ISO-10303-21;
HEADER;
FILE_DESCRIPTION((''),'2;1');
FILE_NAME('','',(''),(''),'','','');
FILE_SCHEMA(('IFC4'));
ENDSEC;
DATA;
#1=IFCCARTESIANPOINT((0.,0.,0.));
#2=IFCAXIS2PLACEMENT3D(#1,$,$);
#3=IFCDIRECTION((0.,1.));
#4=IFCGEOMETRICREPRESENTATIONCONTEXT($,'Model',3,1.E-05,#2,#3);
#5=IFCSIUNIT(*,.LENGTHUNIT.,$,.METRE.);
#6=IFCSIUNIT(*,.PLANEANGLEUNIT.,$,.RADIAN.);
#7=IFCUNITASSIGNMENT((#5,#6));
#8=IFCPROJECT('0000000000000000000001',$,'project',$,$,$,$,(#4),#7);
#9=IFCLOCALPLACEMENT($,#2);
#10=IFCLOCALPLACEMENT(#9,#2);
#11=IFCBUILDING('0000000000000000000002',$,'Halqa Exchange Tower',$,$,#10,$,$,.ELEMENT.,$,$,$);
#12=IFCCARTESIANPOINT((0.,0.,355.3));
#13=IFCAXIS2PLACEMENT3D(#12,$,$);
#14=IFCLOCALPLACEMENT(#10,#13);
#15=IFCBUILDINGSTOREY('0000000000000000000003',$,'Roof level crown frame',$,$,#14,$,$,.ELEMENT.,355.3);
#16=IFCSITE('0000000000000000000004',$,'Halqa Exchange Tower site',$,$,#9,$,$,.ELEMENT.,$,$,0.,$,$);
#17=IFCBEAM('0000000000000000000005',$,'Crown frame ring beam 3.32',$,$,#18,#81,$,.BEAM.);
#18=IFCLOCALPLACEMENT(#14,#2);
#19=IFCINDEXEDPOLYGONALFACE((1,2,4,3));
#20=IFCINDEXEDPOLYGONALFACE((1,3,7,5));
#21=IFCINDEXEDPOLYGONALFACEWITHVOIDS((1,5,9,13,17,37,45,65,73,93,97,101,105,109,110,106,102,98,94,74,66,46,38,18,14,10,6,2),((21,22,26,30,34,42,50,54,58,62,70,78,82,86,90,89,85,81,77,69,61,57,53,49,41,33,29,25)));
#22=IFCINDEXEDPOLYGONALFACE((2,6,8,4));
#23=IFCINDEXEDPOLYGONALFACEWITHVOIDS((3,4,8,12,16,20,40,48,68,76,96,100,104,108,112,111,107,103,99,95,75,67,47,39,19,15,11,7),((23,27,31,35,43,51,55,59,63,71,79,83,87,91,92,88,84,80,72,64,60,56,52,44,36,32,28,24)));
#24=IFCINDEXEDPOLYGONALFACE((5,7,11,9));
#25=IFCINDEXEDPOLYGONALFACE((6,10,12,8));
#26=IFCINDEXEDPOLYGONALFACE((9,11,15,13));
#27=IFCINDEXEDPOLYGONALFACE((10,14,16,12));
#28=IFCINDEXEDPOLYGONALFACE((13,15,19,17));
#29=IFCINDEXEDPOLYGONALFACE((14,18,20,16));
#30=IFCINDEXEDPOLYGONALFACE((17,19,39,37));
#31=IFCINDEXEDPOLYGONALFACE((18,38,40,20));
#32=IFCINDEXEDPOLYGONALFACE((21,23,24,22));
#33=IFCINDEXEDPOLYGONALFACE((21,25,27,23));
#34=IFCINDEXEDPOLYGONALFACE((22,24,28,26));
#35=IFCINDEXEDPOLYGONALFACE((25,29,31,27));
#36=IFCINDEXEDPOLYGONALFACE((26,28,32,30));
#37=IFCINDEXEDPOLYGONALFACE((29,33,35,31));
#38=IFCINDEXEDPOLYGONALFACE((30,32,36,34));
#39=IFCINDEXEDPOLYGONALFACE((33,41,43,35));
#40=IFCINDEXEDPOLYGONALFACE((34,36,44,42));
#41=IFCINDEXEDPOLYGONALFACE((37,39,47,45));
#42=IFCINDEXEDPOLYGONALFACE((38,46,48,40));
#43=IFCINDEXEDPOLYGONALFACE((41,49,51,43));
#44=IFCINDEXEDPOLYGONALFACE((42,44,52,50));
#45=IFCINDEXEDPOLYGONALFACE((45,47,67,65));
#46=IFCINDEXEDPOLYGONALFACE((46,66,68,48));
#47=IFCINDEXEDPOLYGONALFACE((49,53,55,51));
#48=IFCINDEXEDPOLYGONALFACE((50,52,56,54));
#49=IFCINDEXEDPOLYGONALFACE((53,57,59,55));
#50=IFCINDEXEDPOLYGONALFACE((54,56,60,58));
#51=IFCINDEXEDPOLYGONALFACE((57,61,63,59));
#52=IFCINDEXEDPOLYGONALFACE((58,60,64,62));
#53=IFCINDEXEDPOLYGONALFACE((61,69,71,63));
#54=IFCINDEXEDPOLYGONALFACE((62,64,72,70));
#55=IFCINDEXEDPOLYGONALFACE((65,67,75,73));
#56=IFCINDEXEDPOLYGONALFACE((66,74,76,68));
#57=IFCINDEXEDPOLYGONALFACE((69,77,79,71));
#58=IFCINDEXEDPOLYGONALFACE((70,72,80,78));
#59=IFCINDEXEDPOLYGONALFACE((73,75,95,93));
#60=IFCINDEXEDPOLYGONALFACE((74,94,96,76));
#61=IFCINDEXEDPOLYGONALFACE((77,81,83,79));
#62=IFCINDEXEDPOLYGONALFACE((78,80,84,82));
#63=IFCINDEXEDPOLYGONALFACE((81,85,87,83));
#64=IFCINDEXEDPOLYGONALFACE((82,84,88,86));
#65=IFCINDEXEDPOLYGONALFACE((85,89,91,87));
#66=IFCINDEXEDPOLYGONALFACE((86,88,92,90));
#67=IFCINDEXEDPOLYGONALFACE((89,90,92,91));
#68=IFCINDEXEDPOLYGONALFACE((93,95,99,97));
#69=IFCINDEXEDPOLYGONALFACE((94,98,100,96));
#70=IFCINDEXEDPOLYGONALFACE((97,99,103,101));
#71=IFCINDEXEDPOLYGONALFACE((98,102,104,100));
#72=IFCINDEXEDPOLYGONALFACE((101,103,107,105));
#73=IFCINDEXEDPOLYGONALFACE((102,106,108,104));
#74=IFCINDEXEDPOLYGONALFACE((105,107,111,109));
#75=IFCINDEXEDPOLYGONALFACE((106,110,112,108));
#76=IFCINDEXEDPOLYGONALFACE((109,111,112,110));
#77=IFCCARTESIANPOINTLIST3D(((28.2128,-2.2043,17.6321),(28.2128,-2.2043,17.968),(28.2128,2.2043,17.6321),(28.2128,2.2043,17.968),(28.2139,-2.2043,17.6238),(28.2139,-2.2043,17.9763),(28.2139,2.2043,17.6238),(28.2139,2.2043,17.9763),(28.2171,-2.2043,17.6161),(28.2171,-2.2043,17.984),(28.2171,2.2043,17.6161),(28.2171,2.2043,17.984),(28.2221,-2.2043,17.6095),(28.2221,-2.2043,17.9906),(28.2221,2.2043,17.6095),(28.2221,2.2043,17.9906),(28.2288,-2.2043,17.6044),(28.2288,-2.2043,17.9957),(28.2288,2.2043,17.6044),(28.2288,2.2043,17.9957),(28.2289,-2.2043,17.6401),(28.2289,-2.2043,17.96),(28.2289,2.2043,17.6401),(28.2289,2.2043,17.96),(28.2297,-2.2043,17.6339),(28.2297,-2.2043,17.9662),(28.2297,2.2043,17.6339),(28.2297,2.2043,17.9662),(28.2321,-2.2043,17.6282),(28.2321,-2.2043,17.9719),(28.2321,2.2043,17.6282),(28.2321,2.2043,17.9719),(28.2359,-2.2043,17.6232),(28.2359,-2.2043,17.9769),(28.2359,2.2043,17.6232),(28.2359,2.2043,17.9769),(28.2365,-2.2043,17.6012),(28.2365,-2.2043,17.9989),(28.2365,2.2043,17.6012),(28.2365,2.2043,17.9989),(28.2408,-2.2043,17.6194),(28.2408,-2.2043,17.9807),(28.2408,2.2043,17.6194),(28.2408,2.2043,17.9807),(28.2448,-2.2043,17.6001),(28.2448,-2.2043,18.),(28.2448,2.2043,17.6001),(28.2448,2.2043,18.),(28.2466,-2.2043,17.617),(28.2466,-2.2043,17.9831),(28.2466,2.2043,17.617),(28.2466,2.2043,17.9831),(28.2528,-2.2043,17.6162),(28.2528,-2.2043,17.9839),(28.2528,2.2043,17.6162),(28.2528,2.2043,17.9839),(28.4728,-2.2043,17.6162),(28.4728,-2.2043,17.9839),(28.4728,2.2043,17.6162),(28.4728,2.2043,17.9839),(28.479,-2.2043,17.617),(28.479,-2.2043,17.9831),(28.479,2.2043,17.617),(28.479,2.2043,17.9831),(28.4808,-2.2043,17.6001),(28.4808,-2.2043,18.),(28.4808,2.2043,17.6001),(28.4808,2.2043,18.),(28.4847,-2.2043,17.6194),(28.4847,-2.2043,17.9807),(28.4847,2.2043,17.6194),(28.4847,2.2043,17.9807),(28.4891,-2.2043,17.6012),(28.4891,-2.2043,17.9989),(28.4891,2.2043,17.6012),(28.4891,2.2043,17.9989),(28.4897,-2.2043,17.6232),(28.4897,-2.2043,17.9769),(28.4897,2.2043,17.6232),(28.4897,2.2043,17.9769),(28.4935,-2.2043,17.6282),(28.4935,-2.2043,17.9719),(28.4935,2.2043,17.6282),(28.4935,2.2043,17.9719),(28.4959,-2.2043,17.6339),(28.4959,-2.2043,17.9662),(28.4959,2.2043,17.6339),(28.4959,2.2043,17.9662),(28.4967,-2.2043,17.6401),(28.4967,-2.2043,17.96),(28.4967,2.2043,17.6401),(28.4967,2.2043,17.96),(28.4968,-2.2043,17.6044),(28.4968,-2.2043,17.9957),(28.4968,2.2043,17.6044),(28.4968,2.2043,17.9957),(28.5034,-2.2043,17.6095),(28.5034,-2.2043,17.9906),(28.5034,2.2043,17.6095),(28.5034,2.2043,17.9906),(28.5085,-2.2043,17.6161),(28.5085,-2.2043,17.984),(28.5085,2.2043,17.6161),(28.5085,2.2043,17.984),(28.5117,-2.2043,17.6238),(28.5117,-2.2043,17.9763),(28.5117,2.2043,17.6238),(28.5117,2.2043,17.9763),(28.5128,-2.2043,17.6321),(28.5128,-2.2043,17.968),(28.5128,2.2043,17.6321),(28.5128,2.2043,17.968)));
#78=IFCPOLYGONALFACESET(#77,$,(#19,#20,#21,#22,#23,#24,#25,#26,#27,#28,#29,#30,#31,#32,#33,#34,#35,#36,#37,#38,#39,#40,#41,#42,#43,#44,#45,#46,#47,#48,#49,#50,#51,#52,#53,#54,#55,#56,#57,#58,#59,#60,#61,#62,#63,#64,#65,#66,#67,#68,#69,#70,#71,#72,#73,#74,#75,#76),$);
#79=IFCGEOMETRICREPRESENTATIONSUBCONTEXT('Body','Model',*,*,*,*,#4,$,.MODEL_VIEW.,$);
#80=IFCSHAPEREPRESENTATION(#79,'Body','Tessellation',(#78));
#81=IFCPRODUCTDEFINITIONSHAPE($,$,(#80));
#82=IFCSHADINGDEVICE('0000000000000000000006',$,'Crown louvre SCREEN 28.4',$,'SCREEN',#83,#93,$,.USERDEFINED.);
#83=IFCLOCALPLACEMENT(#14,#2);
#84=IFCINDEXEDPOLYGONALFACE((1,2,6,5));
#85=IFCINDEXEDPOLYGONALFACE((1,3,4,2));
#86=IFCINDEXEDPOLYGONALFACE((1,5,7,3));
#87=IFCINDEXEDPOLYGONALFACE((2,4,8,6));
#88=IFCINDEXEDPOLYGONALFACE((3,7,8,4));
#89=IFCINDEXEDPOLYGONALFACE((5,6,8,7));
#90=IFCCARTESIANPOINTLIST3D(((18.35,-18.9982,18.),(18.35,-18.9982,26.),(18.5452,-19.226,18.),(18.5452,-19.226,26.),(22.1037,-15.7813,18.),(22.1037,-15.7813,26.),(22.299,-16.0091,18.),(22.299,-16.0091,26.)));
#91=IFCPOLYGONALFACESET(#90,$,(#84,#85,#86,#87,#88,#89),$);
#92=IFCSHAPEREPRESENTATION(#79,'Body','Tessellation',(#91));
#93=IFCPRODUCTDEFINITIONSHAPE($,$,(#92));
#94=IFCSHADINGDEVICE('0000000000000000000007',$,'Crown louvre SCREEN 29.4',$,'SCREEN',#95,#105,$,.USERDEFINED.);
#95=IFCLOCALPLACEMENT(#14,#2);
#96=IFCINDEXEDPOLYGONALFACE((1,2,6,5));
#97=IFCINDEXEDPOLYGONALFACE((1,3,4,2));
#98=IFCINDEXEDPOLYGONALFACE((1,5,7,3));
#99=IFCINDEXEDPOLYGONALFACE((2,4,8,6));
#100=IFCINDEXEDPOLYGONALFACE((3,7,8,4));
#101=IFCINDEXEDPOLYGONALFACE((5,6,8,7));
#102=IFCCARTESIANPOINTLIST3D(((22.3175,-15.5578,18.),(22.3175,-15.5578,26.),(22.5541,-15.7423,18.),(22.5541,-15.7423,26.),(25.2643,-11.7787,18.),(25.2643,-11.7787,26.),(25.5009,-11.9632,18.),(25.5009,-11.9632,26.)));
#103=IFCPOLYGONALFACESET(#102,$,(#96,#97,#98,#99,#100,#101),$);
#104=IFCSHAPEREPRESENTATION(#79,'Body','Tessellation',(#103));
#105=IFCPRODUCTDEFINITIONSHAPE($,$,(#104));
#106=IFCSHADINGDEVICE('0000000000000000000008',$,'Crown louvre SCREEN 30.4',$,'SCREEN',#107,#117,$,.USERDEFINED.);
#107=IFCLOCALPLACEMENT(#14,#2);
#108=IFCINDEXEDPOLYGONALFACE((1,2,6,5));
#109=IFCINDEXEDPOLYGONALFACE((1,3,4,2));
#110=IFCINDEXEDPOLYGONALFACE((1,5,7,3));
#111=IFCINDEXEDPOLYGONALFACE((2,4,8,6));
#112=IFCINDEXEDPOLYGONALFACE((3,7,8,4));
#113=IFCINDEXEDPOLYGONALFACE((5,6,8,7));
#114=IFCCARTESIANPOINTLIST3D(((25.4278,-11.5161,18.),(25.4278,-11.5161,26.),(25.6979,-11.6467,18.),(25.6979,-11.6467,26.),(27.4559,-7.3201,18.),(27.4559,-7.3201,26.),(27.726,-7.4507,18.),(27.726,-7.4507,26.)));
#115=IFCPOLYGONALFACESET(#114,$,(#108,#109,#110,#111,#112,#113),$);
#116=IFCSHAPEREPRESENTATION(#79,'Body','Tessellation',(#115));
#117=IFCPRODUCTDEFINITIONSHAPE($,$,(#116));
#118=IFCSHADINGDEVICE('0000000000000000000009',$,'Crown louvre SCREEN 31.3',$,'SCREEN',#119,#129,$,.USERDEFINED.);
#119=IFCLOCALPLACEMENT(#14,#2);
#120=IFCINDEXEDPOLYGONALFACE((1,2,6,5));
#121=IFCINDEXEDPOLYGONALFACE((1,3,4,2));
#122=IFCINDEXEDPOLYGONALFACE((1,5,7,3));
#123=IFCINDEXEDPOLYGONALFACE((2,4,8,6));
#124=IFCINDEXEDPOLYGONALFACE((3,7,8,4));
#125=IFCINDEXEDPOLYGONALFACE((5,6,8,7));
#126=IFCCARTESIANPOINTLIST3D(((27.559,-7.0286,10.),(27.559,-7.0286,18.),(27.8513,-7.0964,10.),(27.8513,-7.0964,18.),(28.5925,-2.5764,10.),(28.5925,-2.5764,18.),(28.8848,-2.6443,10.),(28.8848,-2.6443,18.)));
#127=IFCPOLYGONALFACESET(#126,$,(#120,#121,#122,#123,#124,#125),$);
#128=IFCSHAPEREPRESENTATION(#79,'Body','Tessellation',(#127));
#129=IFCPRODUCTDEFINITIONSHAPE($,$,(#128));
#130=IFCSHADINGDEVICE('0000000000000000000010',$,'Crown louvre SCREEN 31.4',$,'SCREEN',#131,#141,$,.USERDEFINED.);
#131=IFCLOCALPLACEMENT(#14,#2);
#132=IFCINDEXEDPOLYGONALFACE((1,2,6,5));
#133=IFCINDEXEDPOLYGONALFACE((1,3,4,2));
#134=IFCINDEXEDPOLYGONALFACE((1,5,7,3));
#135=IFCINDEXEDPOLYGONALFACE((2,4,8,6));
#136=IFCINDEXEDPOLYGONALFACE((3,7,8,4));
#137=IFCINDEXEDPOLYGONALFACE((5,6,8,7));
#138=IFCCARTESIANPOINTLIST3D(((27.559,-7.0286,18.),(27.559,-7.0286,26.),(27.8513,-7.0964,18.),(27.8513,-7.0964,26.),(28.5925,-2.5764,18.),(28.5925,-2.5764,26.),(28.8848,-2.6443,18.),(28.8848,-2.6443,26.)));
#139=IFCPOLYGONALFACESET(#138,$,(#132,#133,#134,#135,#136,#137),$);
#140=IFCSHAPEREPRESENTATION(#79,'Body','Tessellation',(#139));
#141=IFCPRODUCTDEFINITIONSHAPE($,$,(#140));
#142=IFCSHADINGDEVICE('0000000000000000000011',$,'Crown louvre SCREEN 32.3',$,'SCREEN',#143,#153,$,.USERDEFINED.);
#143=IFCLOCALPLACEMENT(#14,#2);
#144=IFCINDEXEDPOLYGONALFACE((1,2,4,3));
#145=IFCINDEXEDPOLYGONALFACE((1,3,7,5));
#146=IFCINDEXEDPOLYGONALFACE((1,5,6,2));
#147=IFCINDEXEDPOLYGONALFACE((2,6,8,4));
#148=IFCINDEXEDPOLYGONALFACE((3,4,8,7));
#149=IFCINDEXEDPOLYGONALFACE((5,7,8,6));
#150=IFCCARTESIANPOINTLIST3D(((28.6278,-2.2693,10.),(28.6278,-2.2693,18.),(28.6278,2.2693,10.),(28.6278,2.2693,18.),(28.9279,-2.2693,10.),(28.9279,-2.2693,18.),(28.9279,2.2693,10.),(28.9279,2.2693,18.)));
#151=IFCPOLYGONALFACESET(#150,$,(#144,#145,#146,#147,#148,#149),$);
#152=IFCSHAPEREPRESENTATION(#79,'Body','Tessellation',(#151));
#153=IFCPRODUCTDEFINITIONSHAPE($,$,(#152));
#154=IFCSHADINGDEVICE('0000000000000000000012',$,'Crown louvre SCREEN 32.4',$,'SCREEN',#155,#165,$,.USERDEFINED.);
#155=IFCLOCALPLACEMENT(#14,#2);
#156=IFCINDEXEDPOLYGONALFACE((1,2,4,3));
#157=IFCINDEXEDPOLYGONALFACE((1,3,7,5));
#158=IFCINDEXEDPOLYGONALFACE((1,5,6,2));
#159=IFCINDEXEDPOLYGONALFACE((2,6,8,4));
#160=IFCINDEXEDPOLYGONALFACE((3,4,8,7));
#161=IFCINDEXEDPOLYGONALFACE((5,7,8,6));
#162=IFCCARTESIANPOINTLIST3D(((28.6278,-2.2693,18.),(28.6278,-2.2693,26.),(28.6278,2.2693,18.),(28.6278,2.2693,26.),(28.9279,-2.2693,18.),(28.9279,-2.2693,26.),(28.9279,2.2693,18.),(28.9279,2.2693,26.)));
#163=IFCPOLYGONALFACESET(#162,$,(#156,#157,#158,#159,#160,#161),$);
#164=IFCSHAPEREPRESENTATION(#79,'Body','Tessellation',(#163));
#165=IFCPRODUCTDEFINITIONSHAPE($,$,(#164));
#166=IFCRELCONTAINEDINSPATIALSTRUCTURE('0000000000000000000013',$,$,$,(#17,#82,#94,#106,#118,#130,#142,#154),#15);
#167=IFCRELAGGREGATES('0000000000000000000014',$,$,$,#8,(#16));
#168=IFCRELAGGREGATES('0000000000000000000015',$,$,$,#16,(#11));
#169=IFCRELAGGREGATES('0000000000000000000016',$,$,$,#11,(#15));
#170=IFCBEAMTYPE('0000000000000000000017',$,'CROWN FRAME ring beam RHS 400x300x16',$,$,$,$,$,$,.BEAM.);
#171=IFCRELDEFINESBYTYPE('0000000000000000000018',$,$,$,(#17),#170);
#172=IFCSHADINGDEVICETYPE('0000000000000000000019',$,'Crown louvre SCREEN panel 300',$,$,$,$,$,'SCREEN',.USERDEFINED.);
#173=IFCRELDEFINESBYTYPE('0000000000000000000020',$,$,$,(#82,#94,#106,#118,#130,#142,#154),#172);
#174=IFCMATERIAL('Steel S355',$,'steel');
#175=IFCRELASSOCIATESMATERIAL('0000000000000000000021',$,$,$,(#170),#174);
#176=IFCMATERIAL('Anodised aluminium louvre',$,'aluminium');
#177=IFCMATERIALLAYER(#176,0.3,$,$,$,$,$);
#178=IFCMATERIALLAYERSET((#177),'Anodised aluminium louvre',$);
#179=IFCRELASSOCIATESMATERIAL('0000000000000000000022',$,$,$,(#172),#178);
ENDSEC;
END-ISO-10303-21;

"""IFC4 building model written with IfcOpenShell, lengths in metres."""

from ifc_helpers import new_model, si_unit, direction, frame, origin, origin_2d, place, context, subcontext, project, spatial, rectangle, hollow_rectangle, extrude, material, layer, layer_set, material_profile, profile_set, type_object, element, save


model = new_model("IFC4")

# Units and contexts
model_context = context("Model", 3, precision=1e-05, world=origin(), true_north=direction((0.0, 1.0)))
body_context = subcontext(model_context, "Body", "Model", "MODEL_VIEW")
ifc_project = project(units=[si_unit("LENGTHUNIT", "METRE"), si_unit("PLANEANGLEUNIT", "RADIAN")], contexts=[model_context])

# Site, building, storey
site_placement = place(None, origin())
site = spatial("IfcSite", under=ifc_project, at=site_placement, Name="Halqa Exchange Tower site", CompositionType="ELEMENT", RefElevation=0.0)
building_placement = place(site_placement, origin())
building = spatial("IfcBuilding", under=site, at=building_placement, Name="Halqa Exchange Tower", CompositionType="ELEMENT")
storey_placement = place(building_placement, frame((0.0, 0.0, 355.3)))
storey = spatial("IfcBuildingStorey", under=building, at=storey_placement, Name="Roof level crown frame", CompositionType="ELEMENT", Elevation=355.3)

# Shared definitions
ifc_material_1 = material(Name="Steel S355", Category="steel")

# Beam
ifc_material_profile_1 = material_profile(ifc_material_1, hollow_rectangle(XDim=0.3, YDim=0.3999, WallThickness=0.0161, InnerFilletRadius=0.0239, OuterFilletRadius=0.032, at=origin_2d()), Name="RHS 400x300x16")
ifc_profile_set_1 = profile_set([ifc_material_profile_1], Name="Steel S355")
beam_type_1 = type_object("IfcBeamType", Name="CROWN FRAME ring beam RHS 400x300x16", PredefinedType="BEAM", material=ifc_profile_set_1)
beam_1_placement = place(storey_placement, frame((28.3628, -2.2043, 17.8), z_axis=(0.0, 1.0, 0.0), x_axis=(-1.0, 0.0, 0.0)))
element("IfcBeam", 1, at=beam_1_placement, inside=storey, type_object=beam_type_1, Name="Crown frame ring beam 3.32", PredefinedType="BEAM", context=body_context, shape_type="SweptSolid", body=[
    extrude(hollow_rectangle(XDim=0.3, YDim=0.3999, WallThickness=0.0161, InnerFilletRadius=0.0239, OuterFilletRadius=0.032, at=origin_2d()), origin(), (0.0, 0.0, 1.0), 4.4087),
])

# Shading devices
ifc_material_2 = material(Name="Anodised aluminium louvre", Category="aluminium")
ifc_layer = layer(ifc_material_2, 0.3)
ifc_layer_set = layer_set([ifc_layer], Name="Anodised aluminium louvre")
shading_device_type = type_object("IfcShadingDeviceType", Name="Crown louvre SCREEN panel 300", ElementType="SCREEN", PredefinedType="USERDEFINED", material=ifc_layer_set)
shading_device_1_placement = place(storey_placement, frame((20.3245, -17.5037, 18.0), z_axis=(0.0, 0.0, 1.0), x_axis=(0.759318, 0.65072, 0.0)))
element("IfcShadingDevice", 2, at=shading_device_1_placement, inside=storey, type_object=shading_device_type, Name="Crown louvre SCREEN 28.4", ObjectType="SCREEN", PredefinedType="USERDEFINED", context=body_context, shape_type="SweptSolid", body=[
    extrude(rectangle(XDim=4.9436, YDim=0.3, at=origin_2d()), origin(), (0.0, 0.0, 1.0), 8.0),
])
shading_device_2_placement = place(storey_placement, frame((23.9092, -13.7605, 18.0), z_axis=(0.0, 0.0, 1.0), x_axis=(0.614908, 0.788599, 0.0)))
element("IfcShadingDevice", 3, at=shading_device_2_placement, inside=storey, type_object=shading_device_type, Name="Crown louvre SCREEN 29.4", ObjectType="SCREEN", PredefinedType="USERDEFINED", context=body_context, shape_type="SweptSolid", body=[
    extrude(rectangle(XDim=4.7922, YDim=0.3, at=origin_2d()), origin(), (0.0, 0.0, 1.0), 8.0),
])
shading_device_3_placement = place(storey_placement, frame((26.5769, -9.4834, 18.0), z_axis=(0.0, 0.0, 1.0), x_axis=(0.435179, 0.900344, 0.0)))
element("IfcShadingDevice", 4, at=shading_device_3_placement, inside=storey, type_object=shading_device_type, Name="Crown louvre SCREEN 30.4", ObjectType="SCREEN", PredefinedType="USERDEFINED", context=body_context, shape_type="SweptSolid", body=[
    extrude(rectangle(XDim=4.6604, YDim=0.3, at=origin_2d()), origin(), (0.0, 0.0, 1.0), 8.0),
])
for number, where, z_axis, x_axis, name in (
    (5, (28.2219, -4.8364, 10.0), (0.0, 0.0, 1.0), (0.226121, 0.974099, 0.0), "Crown louvre SCREEN 31.3"),
    (6, (28.2219, -4.8364, 18.0), (0.0, 0.0, 1.0), (0.226121, 0.974099, 0.0), "Crown louvre SCREEN 31.4"),
):
    element("IfcShadingDevice", number, at=place(storey_placement, frame(where, z_axis=z_axis, x_axis=x_axis)), inside=storey, type_object=shading_device_type, Name=name, ObjectType="SCREEN", PredefinedType="USERDEFINED", context=body_context, shape_type="SweptSolid", body=[
        extrude(rectangle(XDim=4.5706, YDim=0.3, at=origin_2d()), origin(), (0.0, 0.0, 1.0), 8.0),
    ])
for number, where, z_axis, x_axis, name in (
    (7, (28.7778, 0.0, 10.0), (0.0, 0.0, 1.0), (0.0, 1.0, 0.0), "Crown louvre SCREEN 32.3"),
    (8, (28.7778, 0.0, 18.0), (0.0, 0.0, 1.0), (0.0, 1.0, 0.0), "Crown louvre SCREEN 32.4"),
):
    element("IfcShadingDevice", number, at=place(storey_placement, frame(where, z_axis=z_axis, x_axis=x_axis)), inside=storey, type_object=shading_device_type, Name=name, ObjectType="SCREEN", PredefinedType="USERDEFINED", context=body_context, shape_type="SweptSolid", body=[
        extrude(rectangle(XDim=4.5386, YDim=0.3, at=origin_2d()), origin(), (0.0, 0.0, 1.0), 8.0),
    ])

save(model, "model.ifc")
